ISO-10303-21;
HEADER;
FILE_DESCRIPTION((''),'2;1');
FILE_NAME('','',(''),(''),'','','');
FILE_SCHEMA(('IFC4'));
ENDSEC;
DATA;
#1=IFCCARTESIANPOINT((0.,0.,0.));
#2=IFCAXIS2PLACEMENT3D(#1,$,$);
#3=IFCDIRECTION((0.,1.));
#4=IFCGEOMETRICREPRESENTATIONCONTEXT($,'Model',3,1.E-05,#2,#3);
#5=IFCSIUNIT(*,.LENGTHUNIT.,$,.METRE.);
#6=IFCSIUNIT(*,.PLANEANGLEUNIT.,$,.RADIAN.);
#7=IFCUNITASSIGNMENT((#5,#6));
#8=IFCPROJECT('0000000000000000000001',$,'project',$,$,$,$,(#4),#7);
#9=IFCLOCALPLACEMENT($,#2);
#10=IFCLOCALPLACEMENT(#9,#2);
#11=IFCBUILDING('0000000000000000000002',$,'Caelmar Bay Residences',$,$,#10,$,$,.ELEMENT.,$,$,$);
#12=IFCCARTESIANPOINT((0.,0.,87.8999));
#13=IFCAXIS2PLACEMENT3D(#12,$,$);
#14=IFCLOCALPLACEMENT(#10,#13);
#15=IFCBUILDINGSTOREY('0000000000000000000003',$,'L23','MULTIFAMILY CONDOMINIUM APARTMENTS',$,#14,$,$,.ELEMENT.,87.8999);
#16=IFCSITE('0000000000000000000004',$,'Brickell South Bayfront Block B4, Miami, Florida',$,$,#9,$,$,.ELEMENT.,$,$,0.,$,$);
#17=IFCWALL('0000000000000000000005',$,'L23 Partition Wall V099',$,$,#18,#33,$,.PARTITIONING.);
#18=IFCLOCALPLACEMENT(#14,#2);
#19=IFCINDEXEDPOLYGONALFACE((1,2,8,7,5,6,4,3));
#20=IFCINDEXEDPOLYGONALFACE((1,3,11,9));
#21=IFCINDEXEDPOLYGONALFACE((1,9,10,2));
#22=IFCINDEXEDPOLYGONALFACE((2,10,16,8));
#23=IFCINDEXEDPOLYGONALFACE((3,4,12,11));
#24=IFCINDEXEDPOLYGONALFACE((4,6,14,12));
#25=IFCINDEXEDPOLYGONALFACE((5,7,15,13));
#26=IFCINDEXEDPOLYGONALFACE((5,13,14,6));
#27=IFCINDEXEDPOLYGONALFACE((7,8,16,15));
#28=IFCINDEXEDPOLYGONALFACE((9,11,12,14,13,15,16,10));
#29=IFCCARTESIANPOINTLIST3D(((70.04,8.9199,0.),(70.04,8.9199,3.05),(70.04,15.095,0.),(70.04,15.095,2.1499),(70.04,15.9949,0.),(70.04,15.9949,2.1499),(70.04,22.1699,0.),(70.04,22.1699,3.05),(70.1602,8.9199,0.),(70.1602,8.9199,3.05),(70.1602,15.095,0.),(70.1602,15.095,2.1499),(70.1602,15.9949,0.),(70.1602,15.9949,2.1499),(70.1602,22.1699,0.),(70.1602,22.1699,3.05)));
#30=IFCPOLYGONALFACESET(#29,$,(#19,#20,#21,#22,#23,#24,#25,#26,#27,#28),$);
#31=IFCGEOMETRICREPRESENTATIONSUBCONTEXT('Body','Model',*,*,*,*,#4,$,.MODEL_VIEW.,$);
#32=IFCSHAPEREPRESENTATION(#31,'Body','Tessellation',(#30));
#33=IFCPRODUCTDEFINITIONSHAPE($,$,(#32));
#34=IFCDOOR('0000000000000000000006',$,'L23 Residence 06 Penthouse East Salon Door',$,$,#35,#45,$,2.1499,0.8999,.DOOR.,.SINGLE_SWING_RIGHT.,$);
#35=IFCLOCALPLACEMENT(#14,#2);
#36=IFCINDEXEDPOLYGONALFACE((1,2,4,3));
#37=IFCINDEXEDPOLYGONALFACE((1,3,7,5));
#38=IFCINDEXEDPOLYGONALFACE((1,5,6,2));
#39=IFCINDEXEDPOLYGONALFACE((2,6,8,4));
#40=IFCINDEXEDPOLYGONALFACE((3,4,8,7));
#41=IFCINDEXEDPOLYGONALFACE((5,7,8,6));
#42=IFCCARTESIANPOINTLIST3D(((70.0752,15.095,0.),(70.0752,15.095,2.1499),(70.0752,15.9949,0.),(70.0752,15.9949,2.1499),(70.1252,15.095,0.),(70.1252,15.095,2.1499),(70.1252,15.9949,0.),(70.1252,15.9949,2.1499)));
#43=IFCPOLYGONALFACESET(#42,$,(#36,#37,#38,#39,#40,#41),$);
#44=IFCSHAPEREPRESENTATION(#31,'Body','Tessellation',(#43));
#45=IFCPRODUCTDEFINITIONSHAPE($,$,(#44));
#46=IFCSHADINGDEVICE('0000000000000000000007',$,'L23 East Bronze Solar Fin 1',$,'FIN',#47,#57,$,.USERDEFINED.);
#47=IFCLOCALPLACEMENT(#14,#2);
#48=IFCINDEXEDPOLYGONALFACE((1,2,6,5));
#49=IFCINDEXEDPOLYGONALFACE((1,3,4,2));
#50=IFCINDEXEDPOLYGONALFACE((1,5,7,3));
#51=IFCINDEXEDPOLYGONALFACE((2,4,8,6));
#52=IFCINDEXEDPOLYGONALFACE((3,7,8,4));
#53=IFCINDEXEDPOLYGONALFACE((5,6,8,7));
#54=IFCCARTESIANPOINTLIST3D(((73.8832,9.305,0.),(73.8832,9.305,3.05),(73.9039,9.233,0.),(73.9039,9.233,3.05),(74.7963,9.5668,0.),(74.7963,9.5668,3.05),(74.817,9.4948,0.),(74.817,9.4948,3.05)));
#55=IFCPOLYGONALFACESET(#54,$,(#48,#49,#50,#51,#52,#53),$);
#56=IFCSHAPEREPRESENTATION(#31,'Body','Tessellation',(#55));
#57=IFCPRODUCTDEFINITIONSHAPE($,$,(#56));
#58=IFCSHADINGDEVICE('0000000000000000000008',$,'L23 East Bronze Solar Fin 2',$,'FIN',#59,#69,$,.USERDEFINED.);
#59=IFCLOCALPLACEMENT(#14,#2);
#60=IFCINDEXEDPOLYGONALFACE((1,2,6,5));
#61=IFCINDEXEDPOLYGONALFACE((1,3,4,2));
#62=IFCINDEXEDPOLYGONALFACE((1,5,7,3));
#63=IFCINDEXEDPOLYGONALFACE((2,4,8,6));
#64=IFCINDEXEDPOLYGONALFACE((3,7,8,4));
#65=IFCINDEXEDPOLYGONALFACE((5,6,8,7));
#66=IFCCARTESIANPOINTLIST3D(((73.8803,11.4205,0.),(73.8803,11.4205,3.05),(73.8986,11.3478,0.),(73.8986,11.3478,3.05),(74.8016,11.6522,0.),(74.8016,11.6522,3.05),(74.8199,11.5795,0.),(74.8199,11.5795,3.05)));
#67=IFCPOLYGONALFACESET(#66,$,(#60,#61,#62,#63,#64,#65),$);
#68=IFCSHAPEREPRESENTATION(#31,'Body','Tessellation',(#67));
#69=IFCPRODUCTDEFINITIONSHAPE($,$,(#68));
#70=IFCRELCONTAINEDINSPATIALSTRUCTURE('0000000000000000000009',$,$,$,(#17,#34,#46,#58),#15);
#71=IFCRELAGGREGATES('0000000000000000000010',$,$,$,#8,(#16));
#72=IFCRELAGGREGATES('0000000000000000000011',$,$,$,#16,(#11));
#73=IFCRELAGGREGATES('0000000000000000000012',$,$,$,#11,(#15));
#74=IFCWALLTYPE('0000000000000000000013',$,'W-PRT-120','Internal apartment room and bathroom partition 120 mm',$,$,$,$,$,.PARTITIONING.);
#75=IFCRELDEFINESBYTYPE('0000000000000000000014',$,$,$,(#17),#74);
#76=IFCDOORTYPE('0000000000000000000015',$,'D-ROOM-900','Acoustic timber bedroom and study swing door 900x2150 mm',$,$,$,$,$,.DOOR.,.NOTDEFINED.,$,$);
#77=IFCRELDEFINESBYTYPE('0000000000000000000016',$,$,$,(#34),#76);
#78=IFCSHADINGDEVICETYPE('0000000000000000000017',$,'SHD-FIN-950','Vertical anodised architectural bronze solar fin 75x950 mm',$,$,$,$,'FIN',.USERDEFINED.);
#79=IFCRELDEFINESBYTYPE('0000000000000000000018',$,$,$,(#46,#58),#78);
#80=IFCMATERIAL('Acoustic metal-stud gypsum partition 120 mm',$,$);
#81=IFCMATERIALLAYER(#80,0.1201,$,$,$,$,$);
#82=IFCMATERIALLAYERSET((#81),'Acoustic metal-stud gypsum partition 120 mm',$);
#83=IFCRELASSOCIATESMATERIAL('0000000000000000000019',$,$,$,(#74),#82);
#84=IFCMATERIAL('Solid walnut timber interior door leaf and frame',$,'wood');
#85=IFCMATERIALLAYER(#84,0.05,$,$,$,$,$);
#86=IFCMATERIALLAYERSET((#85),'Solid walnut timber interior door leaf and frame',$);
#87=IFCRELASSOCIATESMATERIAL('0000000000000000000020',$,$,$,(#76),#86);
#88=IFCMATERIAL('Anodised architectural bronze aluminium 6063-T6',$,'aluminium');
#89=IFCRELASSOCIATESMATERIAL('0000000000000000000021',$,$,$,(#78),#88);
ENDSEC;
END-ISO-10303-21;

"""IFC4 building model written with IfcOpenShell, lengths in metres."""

from ifc_helpers import new_model, si_unit, direction, frame, frame_2d, origin, origin_2d, place, context, subcontext, project, spatial, rectangle, extrude, material, layer, layer_set, material_profile, profile_set, type_object, element, fill, save


model = new_model("IFC4")

# Units and contexts
model_context = context("Model", 3, precision=1e-05, world=origin(), true_north=direction((0.0, 1.0)))
body_context = subcontext(model_context, "Body", "Model", "MODEL_VIEW")
ifc_project = project(units=[si_unit("LENGTHUNIT", "METRE"), si_unit("PLANEANGLEUNIT", "RADIAN")], contexts=[model_context])

# Site, building, storey
site_placement = place(None, origin())
site = spatial("IfcSite", under=ifc_project, at=site_placement, Name="Brickell South Bayfront Block B4, Miami, Florida", CompositionType="ELEMENT", RefElevation=0.0)
building_placement = place(site_placement, origin())
building = spatial("IfcBuilding", under=site, at=building_placement, Name="Caelmar Bay Residences", CompositionType="ELEMENT")
storey_placement = place(building_placement, frame((0.0, 0.0, 87.8999)))
storey = spatial("IfcBuildingStorey", under=building, at=storey_placement, Name="L23", Description="MULTIFAMILY CONDOMINIUM APARTMENTS", CompositionType="ELEMENT", Elevation=87.8999)

# Wall, opening, door
ifc_material_1 = material(Name="Acoustic metal-stud gypsum partition 120 mm")
ifc_layer_1 = layer(ifc_material_1, 0.1201)
ifc_layer_set_1 = layer_set([ifc_layer_1], Name="Acoustic metal-stud gypsum partition 120 mm")
wall_type_1 = type_object("IfcWallType", Name="W-PRT-120", Description="Internal apartment room and bathroom partition 120 mm", PredefinedType="PARTITIONING", material=ifc_layer_set_1)
wall_1_placement = place(storey_placement, frame((70.1001, 8.9199, 0.0), z_axis=(0.0, 0.0, 1.0), x_axis=(0.0, 1.0, 0.0)))
wall_1 = element("IfcWall", 1, at=wall_1_placement, inside=storey, type_object=wall_type_1, Name="L23 Partition Wall V099", PredefinedType="PARTITIONING", context=body_context, shape_type="SweptSolid", body=[
    extrude(rectangle(XDim=13.25, YDim=0.1201, at=frame_2d((6.625, 0.0))), origin(), (0.0, 0.0, 1.0), 3.05),
])
opening_placement = place(wall_1_placement, frame((6.175, 0.0, 0.0)))
opening = element("IfcOpeningElement", 2, at=opening_placement, cuts=wall_1, PredefinedType="OPENING", context=body_context, shape_type="SweptSolid", body=[
    extrude(rectangle(XDim=0.8999, YDim=2.1499, at=frame_2d((0.45, 1.075))), frame((0.0, 0.0701, 0.0), z_axis=(0.0, -1.0, 0.0), x_axis=(1.0, 0.0, 0.0)), (0.0, 0.0, 1.0), 0.1401),
])
ifc_material_2 = material(Name="Solid walnut timber interior door leaf and frame", Category="wood")
ifc_layer_2 = layer(ifc_material_2, 0.05)
ifc_layer_set_2 = layer_set([ifc_layer_2], Name="Solid walnut timber interior door leaf and frame")
door_type = type_object("IfcDoorType", Name="D-ROOM-900", Description="Acoustic timber bedroom and study swing door 900x2150 mm", OperationType="NOTDEFINED", PredefinedType="DOOR", material=ifc_layer_set_2)
door_placement = place(opening_placement, origin())
door = element("IfcDoor", 3, at=door_placement, inside=storey, type_object=door_type, Name="L23 Residence 06 Penthouse East Salon Door", OperationType="SINGLE_SWING_RIGHT", OverallHeight=2.1499, OverallWidth=0.8999, PredefinedType="DOOR", context=body_context, shape_type="SweptSolid", body=[
    extrude(rectangle(XDim=0.8999, YDim=2.1499, at=frame_2d((0.45, 1.075))), frame((0.0, 0.0249, 0.0), z_axis=(0.0, -1.0, 0.0), x_axis=(1.0, 0.0, 0.0)), (0.0, 0.0, 1.0), 0.05),
])
fill(opening, door)

# Shading devices
ifc_material_3 = material(Name="Anodised architectural bronze aluminium 6063-T6", Category="aluminium")
ifc_material_profile_1 = material_profile(ifc_material_3, rectangle(XDim=0.075, YDim=0.95, at=origin_2d()), Name="BRONZE-FIN-75X950")
ifc_profile_set_1 = profile_set([ifc_material_profile_1], Name="Anodised architectural bronze aluminium 6063-T6")
shading_device_type = type_object("IfcShadingDeviceType", Name="SHD-FIN-950", Description="Vertical anodised architectural bronze solar fin 75x950 mm", ElementType="FIN", PredefinedType="USERDEFINED", material=ifc_profile_set_1)
for number, where, z_axis, x_axis, name in (
    (4, (74.3501, 9.3999, 0.0), (0.0, 0.0, 1.0), (-0.275637, 0.961262, 0.0), "L23 East Bronze Solar Fin 1"),
    (5, (74.3501, 11.5, 0.0), (0.0, 0.0, 1.0), (-0.243954, 0.969787, 0.0), "L23 East Bronze Solar Fin 2"),
):
    element("IfcShadingDevice", number, at=place(storey_placement, frame(where, z_axis=z_axis, x_axis=x_axis)), inside=storey, type_object=shading_device_type, Name=name, ObjectType="FIN", PredefinedType="USERDEFINED", context=body_context, shape_type="SweptSolid", body=[
        extrude(rectangle(XDim=0.075, YDim=0.95, at=origin_2d()), origin(), (0.0, 0.0, 1.0), 3.05),
    ])

save(model, "model.ifc")
